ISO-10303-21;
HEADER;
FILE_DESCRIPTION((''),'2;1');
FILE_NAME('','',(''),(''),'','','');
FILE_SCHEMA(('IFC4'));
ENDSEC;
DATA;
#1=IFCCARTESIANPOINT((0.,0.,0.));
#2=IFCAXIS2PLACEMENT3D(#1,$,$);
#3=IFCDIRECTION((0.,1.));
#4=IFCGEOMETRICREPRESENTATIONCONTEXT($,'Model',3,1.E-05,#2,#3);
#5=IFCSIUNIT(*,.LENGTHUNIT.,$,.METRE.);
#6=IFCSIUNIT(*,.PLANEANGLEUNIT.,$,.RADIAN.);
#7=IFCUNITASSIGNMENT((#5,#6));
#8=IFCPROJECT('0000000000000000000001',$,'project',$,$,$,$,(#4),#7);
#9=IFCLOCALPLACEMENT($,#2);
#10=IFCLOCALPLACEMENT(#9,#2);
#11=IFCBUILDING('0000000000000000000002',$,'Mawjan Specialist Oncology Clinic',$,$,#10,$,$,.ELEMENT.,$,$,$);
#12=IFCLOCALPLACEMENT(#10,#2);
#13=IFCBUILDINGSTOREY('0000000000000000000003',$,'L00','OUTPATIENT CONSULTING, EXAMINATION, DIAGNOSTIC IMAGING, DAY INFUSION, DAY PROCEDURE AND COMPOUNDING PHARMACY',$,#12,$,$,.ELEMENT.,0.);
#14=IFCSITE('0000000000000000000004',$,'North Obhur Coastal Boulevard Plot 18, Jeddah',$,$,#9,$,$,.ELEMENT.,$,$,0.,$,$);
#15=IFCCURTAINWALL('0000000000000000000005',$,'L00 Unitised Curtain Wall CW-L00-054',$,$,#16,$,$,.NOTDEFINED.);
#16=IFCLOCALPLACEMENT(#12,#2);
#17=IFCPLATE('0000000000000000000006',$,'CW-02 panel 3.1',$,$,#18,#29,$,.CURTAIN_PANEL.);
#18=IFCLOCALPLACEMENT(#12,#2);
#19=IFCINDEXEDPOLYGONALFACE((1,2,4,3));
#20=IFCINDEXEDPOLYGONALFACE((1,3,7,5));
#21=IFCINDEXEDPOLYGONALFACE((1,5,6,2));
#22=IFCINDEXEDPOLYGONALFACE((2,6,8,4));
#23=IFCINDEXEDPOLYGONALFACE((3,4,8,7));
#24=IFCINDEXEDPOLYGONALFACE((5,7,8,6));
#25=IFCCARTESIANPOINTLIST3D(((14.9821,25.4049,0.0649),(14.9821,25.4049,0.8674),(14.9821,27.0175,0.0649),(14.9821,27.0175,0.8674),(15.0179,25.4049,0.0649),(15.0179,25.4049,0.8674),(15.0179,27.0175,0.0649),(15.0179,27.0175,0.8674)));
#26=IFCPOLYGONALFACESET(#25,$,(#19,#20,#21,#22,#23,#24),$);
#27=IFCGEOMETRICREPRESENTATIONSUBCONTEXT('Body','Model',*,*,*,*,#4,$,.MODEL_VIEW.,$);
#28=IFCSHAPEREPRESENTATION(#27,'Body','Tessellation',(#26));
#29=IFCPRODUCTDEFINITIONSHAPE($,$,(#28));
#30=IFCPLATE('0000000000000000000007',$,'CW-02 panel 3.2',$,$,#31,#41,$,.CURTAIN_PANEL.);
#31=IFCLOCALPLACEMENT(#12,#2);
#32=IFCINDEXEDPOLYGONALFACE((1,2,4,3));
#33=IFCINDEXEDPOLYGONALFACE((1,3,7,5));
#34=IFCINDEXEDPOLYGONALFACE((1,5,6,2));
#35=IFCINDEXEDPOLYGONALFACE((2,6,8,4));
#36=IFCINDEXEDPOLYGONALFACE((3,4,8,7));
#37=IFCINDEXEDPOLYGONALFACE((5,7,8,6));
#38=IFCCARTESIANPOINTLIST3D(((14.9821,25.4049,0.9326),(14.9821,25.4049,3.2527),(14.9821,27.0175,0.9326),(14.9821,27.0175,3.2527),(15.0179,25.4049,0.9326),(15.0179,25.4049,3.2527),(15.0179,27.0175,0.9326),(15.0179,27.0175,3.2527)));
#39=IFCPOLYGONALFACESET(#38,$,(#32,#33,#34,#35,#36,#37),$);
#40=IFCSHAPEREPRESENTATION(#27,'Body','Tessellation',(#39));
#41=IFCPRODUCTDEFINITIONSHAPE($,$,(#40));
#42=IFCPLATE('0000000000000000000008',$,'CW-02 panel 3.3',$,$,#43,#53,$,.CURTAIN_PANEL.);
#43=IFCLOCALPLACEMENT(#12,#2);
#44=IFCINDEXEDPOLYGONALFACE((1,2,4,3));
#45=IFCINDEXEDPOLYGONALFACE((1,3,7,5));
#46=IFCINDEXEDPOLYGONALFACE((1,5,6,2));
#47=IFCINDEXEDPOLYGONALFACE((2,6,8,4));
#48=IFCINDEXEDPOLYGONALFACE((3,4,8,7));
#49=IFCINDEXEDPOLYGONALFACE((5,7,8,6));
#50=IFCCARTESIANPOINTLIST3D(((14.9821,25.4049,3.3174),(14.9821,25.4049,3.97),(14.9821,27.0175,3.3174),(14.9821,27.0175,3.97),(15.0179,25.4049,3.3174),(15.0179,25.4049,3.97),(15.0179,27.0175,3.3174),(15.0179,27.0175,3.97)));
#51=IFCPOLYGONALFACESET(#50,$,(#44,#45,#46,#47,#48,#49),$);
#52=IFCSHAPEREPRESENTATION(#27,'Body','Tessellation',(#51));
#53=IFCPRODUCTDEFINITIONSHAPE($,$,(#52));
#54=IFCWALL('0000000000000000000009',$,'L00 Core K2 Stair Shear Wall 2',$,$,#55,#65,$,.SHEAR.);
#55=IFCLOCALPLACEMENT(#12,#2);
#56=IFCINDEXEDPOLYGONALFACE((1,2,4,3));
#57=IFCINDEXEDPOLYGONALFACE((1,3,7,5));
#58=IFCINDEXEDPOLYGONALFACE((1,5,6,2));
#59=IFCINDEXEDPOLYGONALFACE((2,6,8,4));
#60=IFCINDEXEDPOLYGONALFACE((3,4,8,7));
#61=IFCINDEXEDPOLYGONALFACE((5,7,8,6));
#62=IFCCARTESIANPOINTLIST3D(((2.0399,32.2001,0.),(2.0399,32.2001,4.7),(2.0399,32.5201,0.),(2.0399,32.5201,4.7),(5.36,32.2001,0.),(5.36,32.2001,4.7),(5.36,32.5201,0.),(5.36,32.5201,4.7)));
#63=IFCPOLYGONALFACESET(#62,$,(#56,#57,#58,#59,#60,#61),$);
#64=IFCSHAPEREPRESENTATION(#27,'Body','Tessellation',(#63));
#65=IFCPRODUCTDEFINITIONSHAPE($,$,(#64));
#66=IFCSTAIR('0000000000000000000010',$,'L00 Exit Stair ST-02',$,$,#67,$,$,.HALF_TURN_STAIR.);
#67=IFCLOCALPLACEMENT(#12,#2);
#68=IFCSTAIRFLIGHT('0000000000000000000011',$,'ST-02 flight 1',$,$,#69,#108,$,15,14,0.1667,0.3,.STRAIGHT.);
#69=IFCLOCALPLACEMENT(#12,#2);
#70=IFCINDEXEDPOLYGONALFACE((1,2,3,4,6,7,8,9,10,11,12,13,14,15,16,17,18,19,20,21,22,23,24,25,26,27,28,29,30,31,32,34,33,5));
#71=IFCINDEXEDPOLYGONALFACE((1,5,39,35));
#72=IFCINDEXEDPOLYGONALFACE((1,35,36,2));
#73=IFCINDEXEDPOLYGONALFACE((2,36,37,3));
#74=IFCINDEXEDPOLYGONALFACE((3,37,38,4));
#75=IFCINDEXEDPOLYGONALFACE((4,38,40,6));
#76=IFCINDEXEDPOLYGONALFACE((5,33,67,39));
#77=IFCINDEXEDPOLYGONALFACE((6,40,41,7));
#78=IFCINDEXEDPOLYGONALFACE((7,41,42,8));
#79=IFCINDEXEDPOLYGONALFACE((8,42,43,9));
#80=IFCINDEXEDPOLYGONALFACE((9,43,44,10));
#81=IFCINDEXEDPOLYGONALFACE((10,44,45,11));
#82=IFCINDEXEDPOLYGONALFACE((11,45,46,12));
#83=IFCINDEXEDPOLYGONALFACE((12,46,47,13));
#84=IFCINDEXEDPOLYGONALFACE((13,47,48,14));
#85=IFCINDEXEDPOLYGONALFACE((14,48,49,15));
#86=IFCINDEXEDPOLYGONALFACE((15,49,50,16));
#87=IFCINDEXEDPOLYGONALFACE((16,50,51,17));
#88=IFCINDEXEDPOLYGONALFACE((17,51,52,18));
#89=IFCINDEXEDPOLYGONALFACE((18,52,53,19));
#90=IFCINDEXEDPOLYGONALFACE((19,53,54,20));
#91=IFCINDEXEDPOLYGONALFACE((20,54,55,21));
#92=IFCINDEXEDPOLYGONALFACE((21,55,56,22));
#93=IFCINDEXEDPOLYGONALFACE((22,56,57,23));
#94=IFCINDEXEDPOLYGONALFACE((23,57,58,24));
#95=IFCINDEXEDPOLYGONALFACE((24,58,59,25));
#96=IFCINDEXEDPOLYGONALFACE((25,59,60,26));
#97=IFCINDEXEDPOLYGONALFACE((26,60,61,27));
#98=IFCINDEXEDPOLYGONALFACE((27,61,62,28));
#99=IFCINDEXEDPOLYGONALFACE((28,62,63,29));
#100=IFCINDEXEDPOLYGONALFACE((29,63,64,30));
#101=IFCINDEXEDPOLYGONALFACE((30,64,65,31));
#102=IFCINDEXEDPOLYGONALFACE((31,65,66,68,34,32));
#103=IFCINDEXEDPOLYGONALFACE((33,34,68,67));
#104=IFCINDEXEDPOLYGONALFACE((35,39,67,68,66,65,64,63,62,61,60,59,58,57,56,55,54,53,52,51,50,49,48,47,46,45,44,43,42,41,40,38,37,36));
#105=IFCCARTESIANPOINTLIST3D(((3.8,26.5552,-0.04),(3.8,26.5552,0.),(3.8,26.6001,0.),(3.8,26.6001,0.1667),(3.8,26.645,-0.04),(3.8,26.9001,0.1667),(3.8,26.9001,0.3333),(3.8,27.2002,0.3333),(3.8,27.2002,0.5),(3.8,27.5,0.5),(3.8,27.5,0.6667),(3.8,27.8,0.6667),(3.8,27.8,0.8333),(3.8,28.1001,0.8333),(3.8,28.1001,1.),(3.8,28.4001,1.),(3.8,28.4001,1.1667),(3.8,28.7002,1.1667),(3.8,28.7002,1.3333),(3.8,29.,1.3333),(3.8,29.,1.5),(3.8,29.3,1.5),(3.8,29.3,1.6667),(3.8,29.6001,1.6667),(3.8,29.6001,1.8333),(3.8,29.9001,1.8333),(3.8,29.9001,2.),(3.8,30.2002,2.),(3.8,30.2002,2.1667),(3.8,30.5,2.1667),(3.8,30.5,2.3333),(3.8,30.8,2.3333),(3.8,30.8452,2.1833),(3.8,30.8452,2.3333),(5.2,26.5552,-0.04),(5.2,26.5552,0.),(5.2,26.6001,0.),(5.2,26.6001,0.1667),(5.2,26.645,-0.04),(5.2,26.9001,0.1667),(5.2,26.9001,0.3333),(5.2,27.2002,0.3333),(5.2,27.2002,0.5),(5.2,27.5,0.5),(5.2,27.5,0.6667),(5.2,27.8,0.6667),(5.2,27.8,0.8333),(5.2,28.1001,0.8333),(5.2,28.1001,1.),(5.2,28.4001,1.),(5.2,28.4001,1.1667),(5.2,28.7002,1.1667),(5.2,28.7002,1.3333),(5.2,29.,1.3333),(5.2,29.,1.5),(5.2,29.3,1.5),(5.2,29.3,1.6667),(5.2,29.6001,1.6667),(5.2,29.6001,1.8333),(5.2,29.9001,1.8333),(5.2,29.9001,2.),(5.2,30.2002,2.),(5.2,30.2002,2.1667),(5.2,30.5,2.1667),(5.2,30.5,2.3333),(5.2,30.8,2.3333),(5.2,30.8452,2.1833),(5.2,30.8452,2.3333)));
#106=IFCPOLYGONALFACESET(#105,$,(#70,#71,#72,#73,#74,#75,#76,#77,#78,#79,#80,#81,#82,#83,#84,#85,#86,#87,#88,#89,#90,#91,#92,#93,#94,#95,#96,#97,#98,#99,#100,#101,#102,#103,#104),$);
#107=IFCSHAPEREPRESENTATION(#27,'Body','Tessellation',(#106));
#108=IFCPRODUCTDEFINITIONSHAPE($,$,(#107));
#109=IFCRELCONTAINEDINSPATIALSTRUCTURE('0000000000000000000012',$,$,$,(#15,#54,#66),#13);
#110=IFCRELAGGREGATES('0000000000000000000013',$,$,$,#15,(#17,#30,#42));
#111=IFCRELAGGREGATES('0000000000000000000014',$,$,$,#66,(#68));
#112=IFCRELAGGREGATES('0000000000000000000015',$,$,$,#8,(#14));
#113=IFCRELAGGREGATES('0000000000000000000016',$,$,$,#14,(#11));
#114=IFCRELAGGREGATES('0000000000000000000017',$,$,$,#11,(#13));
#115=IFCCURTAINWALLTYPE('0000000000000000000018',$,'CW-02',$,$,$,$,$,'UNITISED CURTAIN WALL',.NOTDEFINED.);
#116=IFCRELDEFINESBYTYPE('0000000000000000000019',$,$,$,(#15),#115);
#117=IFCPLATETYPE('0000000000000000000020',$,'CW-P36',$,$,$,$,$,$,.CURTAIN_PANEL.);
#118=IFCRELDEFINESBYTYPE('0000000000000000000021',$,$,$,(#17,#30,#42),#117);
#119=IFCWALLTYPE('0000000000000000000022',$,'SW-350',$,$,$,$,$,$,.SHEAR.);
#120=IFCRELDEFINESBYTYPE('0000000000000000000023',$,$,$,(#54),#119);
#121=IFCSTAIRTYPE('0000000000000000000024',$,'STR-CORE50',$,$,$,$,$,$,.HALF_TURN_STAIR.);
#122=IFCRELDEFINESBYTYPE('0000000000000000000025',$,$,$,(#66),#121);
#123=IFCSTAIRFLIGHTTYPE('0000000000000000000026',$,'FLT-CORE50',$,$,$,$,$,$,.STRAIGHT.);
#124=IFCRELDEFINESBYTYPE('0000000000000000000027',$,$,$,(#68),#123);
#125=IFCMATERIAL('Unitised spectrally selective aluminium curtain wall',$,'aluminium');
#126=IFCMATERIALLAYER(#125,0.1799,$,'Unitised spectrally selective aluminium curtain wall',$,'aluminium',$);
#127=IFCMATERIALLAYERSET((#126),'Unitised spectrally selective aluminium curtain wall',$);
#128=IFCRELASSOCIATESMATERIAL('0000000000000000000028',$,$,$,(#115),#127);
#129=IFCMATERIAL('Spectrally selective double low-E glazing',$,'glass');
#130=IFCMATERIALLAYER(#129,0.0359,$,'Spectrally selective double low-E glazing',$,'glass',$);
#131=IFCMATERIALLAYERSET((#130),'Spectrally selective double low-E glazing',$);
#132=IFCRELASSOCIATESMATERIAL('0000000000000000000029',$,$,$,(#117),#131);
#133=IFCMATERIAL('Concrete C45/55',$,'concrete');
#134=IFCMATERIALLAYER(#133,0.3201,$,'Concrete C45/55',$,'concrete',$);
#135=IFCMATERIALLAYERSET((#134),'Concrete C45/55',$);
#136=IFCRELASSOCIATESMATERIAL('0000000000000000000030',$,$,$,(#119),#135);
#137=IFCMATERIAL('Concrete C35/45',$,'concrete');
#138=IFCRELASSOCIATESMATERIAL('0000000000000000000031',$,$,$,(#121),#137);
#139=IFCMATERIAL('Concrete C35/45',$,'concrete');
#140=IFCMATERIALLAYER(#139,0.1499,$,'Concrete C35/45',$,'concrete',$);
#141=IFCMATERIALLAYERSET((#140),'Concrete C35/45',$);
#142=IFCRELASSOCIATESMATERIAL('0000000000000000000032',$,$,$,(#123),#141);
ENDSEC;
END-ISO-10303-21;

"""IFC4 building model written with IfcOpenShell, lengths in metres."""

from ifc_helpers import new_model, si_unit, direction, frame, frame_2d, origin, origin_2d, place, context, subcontext, project, spatial, polyline, rectangle, outline, extrude, material, layer, layer_set, type_object, element, aggregate, save


model = new_model("IFC4")

# Units and contexts
model_context = context("Model", 3, precision=1e-05, world=origin(), true_north=direction((0.0, 1.0)))
body_context = subcontext(model_context, "Body", "Model", "MODEL_VIEW")
ifc_project = project(units=[si_unit("LENGTHUNIT", "METRE"), si_unit("PLANEANGLEUNIT", "RADIAN")], contexts=[model_context])

# Site, building, storey
site_placement = place(None, origin())
site = spatial("IfcSite", under=ifc_project, at=site_placement, Name="North Obhur Coastal Boulevard Plot 18, Jeddah", CompositionType="ELEMENT", RefElevation=0.0)
building_placement = place(site_placement, origin())
building = spatial("IfcBuilding", under=site, at=building_placement, Name="Mawjan Specialist Oncology Clinic", CompositionType="ELEMENT")
storey_placement = place(building_placement, origin())
storey = spatial("IfcBuildingStorey", under=building, at=storey_placement, Name="L00", Description="OUTPATIENT CONSULTING, EXAMINATION, DIAGNOSTIC IMAGING, DAY INFUSION, DAY PROCEDURE AND COMPOUNDING PHARMACY", CompositionType="ELEMENT", Elevation=0.0)

# Curtain wall, plates
ifc_material_1 = material(Name="Unitised spectrally selective aluminium curtain wall", Category="aluminium")
ifc_layer_1 = layer(ifc_material_1, 0.1799, Name="Unitised spectrally selective aluminium curtain wall", Category="aluminium")
ifc_layer_set_1 = layer_set([ifc_layer_1], Name="Unitised spectrally selective aluminium curtain wall")
curtain_wall_type = type_object("IfcCurtainWallType", Name="CW-02", ElementType="UNITISED CURTAIN WALL", PredefinedType="NOTDEFINED", material=ifc_layer_set_1)
curtain_wall_placement = place(storey_placement, origin())
curtain_wall = element("IfcCurtainWall", 1, at=curtain_wall_placement, inside=storey, type_object=curtain_wall_type, Name="L00 Unitised Curtain Wall CW-L00-054", PredefinedType="NOTDEFINED")
ifc_material_2 = material(Name="Spectrally selective double low-E glazing", Category="glass")
ifc_layer_2 = layer(ifc_material_2, 0.0359, Name="Spectrally selective double low-E glazing", Category="glass")
ifc_layer_set_2 = layer_set([ifc_layer_2], Name="Spectrally selective double low-E glazing")
plate_type = type_object("IfcPlateType", Name="CW-P36", PredefinedType="CURTAIN_PANEL", material=ifc_layer_set_2)
plate_1_placement = place(storey_placement, frame((15.0, 26.2112, 0.0649), z_axis=(0.0, 0.0, 1.0), x_axis=(0.0, -1.0, 0.0)))
plate_1 = element("IfcPlate", 2, at=plate_1_placement, type_object=plate_type, Name="CW-02 panel 3.1", PredefinedType="CURTAIN_PANEL", context=body_context, shape_type="SweptSolid", body=[
    extrude(rectangle(XDim=1.6125, YDim=0.0359, at=origin_2d()), origin(), (0.0, 0.0, 1.0), 0.8025),
])
plate_2_placement = place(storey_placement, frame((15.0, 26.2112, 0.9326), z_axis=(0.0, 0.0, 1.0), x_axis=(0.0, -1.0, 0.0)))
plate_2 = element("IfcPlate", 3, at=plate_2_placement, type_object=plate_type, Name="CW-02 panel 3.2", PredefinedType="CURTAIN_PANEL", context=body_context, shape_type="SweptSolid", body=[
    extrude(rectangle(XDim=1.6125, YDim=0.0359, at=origin_2d()), origin(), (0.0, 0.0, 1.0), 2.3201),
])
plate_3_placement = place(storey_placement, frame((15.0, 26.2112, 3.3174), z_axis=(0.0, 0.0, 1.0), x_axis=(0.0, -1.0, 0.0)))
plate_3 = element("IfcPlate", 4, at=plate_3_placement, type_object=plate_type, Name="CW-02 panel 3.3", PredefinedType="CURTAIN_PANEL", context=body_context, shape_type="SweptSolid", body=[
    extrude(rectangle(XDim=1.6125, YDim=0.0359, at=origin_2d()), origin(), (0.0, 0.0, 1.0), 0.6526),
])
aggregate(curtain_wall, [plate_1, plate_2, plate_3])

# Wall
ifc_material_3 = material(Name="Concrete C45/55", Category="concrete")
ifc_layer_3 = layer(ifc_material_3, 0.3201, Name="Concrete C45/55", Category="concrete")
ifc_layer_set_3 = layer_set([ifc_layer_3], Name="Concrete C45/55")
wall_type = type_object("IfcWallType", Name="SW-350", PredefinedType="SHEAR", material=ifc_layer_set_3)
wall_placement = place(storey_placement, frame((5.3601, 32.3601, 0.0), z_axis=(0.0, 0.0, 1.0), x_axis=(-1.0, 0.0, 0.0)))
element("IfcWall", 5, at=wall_placement, inside=storey, type_object=wall_type, Name="L00 Core K2 Stair Shear Wall 2", PredefinedType="SHEAR", context=body_context, shape_type="SweptSolid", body=[
    extrude(rectangle(XDim=3.3201, YDim=0.3201, at=frame_2d((1.6602, 0.0))), origin(), (0.0, 0.0, 1.0), 4.7),
])

# Stair, stair flight
ifc_material_4 = material(Name="Concrete C35/45", Category="concrete")
stair_type = type_object("IfcStairType", Name="STR-CORE50", PredefinedType="HALF_TURN_STAIR", material=ifc_material_4)
stair_placement = place(storey_placement, origin())
stair = element("IfcStair", 6, at=stair_placement, inside=storey, type_object=stair_type, Name="L00 Exit Stair ST-02", PredefinedType="HALF_TURN_STAIR")
ifc_material_5 = material(Name="Concrete C35/45", Category="concrete")
ifc_layer_4 = layer(ifc_material_5, 0.1499, Name="Concrete C35/45", Category="concrete")
ifc_layer_set_4 = layer_set([ifc_layer_4], Name="Concrete C35/45")
stair_flight_type = type_object("IfcStairFlightType", Name="FLT-CORE50", PredefinedType="STRAIGHT", material=ifc_layer_set_4)
stair_flight_placement = place(storey_placement, frame((4.5, 26.6001, 0.0), z_axis=(0.0, 0.0, 1.0), x_axis=(0.0, 1.0, 0.0)))
stair_flight = element("IfcStairFlight", 7, at=stair_flight_placement, type_object=stair_flight_type, Name="ST-02 flight 1", NumberOfRisers=15, NumberOfTreads=14, PredefinedType="STRAIGHT", RiserHeight=0.1667, TreadLength=0.3, context=body_context, shape_type="SweptSolid", body=[
    extrude(outline(polyline([(-0.0449, -0.04), (-0.0449, 0.0), (0.0, 0.0), (0.0, 0.1667), (0.3, 0.1667), (0.3, 0.3333), (0.6001, 0.3333), (0.6001, 0.5), (0.8999, 0.5), (0.8999, 0.6667), (1.2, 0.6667), (1.2, 0.8333), (1.5, 0.8333), (1.5, 1.0), (1.8, 1.0), (1.8, 1.1667), (2.1001, 1.1667), (2.1001, 1.3333), (2.3999, 1.3333), (2.3999, 1.5), (2.7, 1.5), (2.7, 1.6667), (3.0, 1.6667), (3.0, 1.8333), (3.3, 1.8333), (3.3, 2.0), (3.6001, 2.0), (3.6001, 2.1667), (3.8999, 2.1667), (3.8999, 2.3333), (4.2, 2.3333), (4.2451, 2.3333), (4.2451, 2.1833), (0.0449, -0.04), (-0.0449, -0.04)])), frame((0.0, 0.7, 0.0), z_axis=(0.0, -1.0, 0.0), x_axis=(1.0, 0.0, 0.0)), (0.0, 0.0, 1.0), 1.3999),
])
aggregate(stair, [stair_flight])

save(model, "model.ifc")
